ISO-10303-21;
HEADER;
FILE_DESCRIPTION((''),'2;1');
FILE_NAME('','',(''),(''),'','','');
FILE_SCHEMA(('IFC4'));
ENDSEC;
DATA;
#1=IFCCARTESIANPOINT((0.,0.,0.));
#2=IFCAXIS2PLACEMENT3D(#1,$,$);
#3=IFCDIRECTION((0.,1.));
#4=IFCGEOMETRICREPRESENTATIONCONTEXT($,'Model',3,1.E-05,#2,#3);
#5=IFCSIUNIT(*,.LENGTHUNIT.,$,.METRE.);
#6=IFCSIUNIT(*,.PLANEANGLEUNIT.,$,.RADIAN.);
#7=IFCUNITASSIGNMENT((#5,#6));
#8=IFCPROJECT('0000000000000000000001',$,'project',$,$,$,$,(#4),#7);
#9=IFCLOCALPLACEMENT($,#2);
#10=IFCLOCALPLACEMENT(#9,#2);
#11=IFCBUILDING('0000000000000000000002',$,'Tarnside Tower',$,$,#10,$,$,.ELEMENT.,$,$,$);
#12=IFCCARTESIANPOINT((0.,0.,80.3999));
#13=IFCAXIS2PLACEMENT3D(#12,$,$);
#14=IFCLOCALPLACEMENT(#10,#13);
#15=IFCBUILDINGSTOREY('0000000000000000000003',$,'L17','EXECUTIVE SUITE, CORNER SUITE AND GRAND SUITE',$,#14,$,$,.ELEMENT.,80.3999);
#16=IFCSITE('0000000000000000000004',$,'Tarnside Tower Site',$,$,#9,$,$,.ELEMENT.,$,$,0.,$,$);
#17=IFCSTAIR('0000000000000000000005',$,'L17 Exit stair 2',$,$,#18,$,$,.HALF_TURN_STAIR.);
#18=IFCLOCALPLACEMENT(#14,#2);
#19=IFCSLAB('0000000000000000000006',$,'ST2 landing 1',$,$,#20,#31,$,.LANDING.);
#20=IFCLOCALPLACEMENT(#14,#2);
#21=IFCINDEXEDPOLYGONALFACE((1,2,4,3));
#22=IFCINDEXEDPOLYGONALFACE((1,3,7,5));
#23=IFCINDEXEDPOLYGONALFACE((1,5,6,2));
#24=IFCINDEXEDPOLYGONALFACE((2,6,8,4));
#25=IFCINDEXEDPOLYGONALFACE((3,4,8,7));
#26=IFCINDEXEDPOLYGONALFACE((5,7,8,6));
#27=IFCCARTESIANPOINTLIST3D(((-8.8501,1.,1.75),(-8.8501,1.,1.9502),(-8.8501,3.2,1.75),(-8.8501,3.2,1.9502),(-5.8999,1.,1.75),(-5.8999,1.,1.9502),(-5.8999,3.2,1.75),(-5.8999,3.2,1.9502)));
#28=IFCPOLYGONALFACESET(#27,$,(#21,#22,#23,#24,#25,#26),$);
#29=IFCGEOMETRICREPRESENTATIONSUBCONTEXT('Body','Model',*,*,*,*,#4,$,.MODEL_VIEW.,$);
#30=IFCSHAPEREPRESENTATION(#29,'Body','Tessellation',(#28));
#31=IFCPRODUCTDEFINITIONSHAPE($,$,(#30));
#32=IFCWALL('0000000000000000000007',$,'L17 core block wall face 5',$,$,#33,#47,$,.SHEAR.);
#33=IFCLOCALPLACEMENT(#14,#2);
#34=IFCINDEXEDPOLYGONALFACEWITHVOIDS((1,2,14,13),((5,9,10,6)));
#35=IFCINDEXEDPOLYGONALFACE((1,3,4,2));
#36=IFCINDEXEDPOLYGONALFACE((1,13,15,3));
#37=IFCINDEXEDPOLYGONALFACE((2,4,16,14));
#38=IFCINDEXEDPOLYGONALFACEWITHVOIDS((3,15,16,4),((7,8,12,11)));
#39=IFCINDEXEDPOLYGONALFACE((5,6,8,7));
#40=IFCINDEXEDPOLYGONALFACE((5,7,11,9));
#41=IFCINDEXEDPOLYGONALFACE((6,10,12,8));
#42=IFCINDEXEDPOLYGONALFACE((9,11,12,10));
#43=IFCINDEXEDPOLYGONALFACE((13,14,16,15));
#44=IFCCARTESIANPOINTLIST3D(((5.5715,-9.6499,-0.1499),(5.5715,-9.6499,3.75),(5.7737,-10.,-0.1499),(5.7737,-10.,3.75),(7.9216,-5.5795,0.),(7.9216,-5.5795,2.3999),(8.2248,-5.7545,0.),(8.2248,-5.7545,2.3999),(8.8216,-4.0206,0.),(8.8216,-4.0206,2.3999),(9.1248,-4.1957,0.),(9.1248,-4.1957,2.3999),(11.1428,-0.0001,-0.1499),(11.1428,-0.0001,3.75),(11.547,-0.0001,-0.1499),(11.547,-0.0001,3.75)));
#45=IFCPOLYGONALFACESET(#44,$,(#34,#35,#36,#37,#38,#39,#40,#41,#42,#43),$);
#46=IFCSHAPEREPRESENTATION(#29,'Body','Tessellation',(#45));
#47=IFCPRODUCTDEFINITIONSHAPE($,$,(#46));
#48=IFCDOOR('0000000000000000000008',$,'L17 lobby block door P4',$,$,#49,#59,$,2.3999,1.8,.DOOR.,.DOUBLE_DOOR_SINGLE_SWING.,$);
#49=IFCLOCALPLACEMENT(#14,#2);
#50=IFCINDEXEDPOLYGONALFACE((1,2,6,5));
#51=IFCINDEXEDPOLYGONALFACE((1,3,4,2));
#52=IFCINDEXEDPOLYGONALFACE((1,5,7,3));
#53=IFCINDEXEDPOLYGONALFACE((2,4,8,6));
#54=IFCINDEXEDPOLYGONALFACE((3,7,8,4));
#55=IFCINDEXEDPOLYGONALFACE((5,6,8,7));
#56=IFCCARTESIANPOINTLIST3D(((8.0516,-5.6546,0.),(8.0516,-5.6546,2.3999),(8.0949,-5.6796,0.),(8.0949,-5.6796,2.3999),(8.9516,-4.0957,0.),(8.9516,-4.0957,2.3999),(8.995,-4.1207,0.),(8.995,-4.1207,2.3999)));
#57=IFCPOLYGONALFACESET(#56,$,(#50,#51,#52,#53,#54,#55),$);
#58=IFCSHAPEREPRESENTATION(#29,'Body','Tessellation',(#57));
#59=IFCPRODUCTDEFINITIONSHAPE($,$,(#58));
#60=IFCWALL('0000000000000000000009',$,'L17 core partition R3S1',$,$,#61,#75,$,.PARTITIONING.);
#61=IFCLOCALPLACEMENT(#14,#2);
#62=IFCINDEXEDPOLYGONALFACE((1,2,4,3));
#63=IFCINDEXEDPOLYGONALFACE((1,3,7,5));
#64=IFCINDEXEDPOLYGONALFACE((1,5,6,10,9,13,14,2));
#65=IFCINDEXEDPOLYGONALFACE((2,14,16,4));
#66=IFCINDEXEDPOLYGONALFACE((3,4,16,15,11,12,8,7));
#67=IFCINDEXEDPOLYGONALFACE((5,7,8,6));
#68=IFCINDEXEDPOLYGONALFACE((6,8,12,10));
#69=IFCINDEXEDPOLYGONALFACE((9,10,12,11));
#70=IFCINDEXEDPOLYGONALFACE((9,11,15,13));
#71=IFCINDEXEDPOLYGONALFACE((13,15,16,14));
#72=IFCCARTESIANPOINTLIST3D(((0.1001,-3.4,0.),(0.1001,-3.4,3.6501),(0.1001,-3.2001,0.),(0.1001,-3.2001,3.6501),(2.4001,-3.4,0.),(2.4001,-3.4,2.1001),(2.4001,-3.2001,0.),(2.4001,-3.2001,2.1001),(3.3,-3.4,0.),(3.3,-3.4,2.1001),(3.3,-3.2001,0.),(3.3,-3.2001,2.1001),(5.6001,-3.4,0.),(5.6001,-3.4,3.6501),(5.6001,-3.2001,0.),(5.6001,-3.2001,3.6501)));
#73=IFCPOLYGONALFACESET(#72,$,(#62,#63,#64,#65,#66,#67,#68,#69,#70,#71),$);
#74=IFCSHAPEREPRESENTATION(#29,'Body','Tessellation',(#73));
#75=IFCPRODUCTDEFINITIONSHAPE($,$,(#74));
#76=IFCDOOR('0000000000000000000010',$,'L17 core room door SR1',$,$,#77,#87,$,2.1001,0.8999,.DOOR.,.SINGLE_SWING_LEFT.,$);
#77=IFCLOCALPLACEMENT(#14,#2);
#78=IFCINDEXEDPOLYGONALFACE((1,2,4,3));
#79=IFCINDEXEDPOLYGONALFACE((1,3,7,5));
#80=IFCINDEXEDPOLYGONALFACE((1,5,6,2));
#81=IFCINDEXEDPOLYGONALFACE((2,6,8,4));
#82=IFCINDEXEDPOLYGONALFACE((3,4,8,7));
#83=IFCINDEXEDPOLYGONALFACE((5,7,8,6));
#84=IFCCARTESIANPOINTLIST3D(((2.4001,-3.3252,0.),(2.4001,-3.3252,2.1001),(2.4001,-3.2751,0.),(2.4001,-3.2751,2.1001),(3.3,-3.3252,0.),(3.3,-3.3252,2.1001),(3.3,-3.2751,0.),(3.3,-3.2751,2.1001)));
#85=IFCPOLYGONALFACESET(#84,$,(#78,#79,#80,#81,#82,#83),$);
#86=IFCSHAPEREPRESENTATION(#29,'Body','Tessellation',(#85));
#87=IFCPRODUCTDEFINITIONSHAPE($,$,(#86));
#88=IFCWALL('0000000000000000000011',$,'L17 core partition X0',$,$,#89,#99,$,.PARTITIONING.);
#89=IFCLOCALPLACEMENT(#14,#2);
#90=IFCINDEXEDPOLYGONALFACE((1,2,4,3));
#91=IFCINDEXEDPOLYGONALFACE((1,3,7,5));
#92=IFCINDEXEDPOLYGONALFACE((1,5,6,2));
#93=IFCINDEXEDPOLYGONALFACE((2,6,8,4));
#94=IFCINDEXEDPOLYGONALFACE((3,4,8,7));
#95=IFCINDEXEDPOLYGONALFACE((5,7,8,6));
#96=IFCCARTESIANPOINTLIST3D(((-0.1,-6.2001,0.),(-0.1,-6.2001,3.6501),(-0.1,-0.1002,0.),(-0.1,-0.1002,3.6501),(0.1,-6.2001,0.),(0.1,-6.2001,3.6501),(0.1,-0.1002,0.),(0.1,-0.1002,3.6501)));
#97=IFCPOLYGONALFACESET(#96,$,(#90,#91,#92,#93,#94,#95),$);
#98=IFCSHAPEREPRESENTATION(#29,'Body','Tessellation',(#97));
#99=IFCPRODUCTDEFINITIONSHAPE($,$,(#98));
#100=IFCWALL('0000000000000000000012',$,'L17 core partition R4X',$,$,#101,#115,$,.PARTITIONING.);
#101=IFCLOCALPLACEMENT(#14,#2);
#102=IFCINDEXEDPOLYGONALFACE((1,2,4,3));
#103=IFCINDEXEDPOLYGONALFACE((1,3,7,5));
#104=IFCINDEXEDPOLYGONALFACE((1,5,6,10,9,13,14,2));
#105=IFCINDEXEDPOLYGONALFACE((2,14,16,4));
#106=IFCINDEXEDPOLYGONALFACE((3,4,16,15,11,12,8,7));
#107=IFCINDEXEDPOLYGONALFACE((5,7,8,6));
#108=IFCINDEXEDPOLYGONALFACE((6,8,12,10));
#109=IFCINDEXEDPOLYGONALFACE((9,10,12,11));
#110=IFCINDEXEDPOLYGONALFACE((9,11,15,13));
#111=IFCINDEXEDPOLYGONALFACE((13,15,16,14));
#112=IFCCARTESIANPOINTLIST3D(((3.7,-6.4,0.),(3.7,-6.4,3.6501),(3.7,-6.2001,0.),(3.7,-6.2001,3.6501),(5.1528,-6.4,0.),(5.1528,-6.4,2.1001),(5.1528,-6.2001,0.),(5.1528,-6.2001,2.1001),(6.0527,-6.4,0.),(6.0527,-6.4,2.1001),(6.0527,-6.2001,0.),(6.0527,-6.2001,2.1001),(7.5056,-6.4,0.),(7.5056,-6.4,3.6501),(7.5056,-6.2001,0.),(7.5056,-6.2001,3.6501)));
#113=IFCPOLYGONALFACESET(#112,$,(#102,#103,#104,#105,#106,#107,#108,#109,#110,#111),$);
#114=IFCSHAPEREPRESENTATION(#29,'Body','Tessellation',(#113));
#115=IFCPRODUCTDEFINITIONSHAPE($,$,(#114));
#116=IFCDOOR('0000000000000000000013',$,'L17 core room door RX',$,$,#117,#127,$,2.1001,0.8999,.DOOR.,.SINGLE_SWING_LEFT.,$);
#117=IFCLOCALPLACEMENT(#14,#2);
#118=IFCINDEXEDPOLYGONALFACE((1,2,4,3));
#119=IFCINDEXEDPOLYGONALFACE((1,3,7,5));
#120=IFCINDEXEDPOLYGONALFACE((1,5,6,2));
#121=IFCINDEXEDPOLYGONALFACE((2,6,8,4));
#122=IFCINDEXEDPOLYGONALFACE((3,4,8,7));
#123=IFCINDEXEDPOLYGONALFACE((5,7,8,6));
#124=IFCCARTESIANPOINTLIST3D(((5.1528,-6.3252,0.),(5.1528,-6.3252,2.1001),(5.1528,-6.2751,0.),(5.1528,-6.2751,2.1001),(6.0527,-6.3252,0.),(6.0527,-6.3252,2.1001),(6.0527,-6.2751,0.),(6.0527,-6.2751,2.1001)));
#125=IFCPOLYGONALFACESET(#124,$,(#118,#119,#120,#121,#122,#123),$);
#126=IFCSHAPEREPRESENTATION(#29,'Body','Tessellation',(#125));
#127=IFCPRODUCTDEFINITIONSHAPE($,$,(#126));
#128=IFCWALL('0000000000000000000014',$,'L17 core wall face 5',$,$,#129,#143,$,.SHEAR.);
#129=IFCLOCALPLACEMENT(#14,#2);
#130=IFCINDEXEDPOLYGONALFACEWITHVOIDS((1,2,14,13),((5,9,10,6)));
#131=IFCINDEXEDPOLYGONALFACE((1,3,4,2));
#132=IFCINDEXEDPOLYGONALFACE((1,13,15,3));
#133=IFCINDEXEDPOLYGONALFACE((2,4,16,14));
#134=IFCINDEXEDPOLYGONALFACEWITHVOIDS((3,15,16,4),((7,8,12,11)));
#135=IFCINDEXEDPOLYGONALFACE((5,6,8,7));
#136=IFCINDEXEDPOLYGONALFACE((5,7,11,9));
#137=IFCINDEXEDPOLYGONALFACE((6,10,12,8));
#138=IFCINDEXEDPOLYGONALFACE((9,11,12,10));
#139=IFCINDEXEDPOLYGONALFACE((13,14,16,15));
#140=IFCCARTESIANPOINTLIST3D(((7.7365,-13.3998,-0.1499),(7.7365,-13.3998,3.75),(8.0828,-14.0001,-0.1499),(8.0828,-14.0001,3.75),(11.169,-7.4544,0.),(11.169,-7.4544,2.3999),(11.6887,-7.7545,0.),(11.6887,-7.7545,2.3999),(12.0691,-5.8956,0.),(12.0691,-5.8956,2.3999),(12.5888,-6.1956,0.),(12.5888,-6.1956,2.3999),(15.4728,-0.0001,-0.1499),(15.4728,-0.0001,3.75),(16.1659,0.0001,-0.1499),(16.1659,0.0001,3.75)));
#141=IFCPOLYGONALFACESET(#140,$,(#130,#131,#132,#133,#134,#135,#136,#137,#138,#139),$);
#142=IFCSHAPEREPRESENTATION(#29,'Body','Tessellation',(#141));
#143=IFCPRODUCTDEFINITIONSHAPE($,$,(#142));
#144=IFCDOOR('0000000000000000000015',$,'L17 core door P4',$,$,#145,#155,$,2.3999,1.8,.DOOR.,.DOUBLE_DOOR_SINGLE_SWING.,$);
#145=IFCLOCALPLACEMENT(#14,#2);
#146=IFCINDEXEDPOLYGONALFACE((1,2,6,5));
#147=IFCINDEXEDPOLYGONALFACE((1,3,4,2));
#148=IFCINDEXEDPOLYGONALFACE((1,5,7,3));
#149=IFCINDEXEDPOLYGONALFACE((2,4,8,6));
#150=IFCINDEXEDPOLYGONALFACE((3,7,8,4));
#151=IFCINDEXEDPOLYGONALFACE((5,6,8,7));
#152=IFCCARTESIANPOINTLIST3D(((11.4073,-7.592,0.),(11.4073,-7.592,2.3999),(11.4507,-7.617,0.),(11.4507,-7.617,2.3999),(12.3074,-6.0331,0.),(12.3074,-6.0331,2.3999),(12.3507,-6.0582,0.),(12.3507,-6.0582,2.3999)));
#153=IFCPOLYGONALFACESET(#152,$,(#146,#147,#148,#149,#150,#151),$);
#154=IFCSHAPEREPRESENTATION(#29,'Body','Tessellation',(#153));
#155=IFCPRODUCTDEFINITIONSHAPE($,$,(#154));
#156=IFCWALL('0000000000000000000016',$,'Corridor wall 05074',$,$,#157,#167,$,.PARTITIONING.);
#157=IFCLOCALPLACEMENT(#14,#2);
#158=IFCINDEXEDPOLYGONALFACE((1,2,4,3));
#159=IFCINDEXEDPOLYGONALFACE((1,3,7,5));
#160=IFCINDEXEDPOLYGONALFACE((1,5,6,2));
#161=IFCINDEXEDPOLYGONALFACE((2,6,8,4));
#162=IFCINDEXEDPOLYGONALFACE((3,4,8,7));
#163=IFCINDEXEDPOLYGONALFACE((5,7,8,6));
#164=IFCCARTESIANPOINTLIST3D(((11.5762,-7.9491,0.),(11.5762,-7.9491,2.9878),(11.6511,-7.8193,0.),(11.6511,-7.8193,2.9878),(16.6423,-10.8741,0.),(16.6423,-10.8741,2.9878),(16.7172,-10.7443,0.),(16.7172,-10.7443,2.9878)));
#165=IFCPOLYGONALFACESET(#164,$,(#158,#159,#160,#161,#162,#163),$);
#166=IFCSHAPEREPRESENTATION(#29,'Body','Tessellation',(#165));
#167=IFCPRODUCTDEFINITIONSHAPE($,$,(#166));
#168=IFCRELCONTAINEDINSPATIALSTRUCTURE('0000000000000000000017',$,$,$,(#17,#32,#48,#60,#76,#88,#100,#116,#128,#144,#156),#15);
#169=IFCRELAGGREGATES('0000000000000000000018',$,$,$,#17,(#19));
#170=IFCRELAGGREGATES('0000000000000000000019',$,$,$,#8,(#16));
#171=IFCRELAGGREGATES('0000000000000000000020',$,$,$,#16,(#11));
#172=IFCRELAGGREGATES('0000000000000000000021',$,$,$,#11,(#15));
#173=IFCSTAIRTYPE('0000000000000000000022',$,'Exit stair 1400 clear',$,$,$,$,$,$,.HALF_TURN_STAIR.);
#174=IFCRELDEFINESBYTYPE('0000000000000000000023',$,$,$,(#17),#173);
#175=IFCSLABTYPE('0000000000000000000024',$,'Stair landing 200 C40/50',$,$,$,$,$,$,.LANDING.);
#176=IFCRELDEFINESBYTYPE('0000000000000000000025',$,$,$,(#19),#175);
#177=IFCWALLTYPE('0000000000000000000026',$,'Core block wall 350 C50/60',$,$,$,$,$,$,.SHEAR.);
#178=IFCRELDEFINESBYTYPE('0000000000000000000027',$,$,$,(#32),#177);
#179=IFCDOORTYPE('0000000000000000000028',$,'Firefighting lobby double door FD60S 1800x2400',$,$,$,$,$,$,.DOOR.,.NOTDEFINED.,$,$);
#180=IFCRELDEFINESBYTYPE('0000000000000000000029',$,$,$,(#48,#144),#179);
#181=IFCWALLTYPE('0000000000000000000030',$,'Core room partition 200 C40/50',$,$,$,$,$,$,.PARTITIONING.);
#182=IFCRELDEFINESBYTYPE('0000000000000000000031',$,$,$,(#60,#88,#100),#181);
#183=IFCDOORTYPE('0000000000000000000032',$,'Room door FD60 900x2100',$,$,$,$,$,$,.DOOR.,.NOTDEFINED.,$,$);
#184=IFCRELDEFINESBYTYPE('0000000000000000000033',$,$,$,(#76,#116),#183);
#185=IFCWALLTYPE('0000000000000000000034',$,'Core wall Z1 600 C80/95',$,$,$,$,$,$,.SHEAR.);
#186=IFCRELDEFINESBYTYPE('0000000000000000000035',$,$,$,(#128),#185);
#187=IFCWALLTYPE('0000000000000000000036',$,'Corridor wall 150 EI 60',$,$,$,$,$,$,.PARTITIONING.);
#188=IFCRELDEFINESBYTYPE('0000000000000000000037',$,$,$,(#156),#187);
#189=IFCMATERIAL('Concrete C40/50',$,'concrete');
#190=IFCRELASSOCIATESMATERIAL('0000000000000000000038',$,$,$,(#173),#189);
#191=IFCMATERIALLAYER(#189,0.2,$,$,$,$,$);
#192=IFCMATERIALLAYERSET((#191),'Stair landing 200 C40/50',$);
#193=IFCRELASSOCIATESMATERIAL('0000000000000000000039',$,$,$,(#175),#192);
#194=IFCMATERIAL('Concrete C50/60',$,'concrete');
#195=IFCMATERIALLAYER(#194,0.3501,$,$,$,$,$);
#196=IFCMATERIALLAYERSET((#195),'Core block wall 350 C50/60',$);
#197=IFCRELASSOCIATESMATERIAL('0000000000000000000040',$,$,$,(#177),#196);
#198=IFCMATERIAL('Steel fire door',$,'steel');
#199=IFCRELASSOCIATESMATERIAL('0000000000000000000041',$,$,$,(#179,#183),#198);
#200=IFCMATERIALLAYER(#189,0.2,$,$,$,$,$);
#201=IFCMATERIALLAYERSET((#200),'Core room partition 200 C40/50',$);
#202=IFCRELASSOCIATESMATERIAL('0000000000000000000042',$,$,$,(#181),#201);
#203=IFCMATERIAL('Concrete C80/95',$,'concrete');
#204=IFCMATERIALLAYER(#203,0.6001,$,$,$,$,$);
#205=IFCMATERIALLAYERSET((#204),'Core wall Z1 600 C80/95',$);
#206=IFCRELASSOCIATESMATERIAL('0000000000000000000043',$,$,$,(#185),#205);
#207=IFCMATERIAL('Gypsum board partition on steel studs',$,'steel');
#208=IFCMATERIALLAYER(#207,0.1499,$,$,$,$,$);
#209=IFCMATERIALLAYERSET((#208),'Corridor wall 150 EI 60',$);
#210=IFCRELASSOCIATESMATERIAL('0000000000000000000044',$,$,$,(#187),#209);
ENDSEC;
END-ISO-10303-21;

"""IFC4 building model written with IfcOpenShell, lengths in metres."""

from ifc_helpers import new_model, si_unit, direction, frame, frame_2d, origin, place, context, subcontext, project, spatial, polyline, rectangle, outline, extrude, material, layer, layer_set, type_object, element, fill, aggregate, save


model = new_model("IFC4")

# Units and contexts
model_context = context("Model", 3, precision=1e-05, world=origin(), true_north=direction((0.0, 1.0)))
body_context = subcontext(model_context, "Body", "Model", "MODEL_VIEW")
ifc_project = project(units=[si_unit("LENGTHUNIT", "METRE"), si_unit("PLANEANGLEUNIT", "RADIAN")], contexts=[model_context])

# Site, building, storey
site_placement = place(None, origin())
site = spatial("IfcSite", under=ifc_project, at=site_placement, Name="Tarnside Tower Site", CompositionType="ELEMENT", RefElevation=0.0)
building_placement = place(site_placement, origin())
building = spatial("IfcBuilding", under=site, at=building_placement, Name="Tarnside Tower", CompositionType="ELEMENT")
storey_placement = place(building_placement, frame((0.0, 0.0, 80.3999)))
storey = spatial("IfcBuildingStorey", under=building, at=storey_placement, Name="L17", Description="EXECUTIVE SUITE, CORNER SUITE AND GRAND SUITE", CompositionType="ELEMENT", Elevation=80.3999)

# Shared definitions
ifc_material_1 = material(Name="Concrete C40/50", Category="concrete")

# Stair, slab
stair_type = type_object("IfcStairType", Name="Exit stair 1400 clear", PredefinedType="HALF_TURN_STAIR", material=ifc_material_1)
ifc_layer_1 = layer(ifc_material_1, 0.2)
ifc_layer_set_1 = layer_set([ifc_layer_1], Name="Stair landing 200 C40/50")
slab_type_1 = type_object("IfcSlabType", Name="Stair landing 200 C40/50", PredefinedType="LANDING", material=ifc_layer_set_1)
stair_1_placement = place(storey_placement, origin())
stair_1 = element("IfcStair", 1, at=stair_1_placement, inside=storey, type_object=stair_type, Name="L17 Exit stair 2", PredefinedType="HALF_TURN_STAIR")
slab_1_placement = place(storey_placement, frame((0.0, 0.0, 1.75)))
slab_1 = element("IfcSlab", 2, at=slab_1_placement, type_object=slab_type_1, Name="ST2 landing 1", PredefinedType="LANDING", context=body_context, shape_type="SweptSolid", body=[
    extrude(outline(polyline([(-5.8999, 1.0), (-5.8999, 3.2), (-8.8501, 3.2), (-8.8501, 1.0), (-5.8999, 1.0)])), origin(), (0.0, 0.0, 1.0), 0.2002),
])
aggregate(stair_1, [slab_1])

# Walls, openings, doors
ifc_material_2 = material(Name="Concrete C50/60", Category="concrete")
ifc_layer_2 = layer(ifc_material_2, 0.3501)
ifc_layer_set_2 = layer_set([ifc_layer_2], Name="Core block wall 350 C50/60")
wall_type_1 = type_object("IfcWallType", Name="Core block wall 350 C50/60", PredefinedType="SHEAR", material=ifc_layer_set_2)
wall_1_placement = place(storey_placement, frame((5.6726, -9.825, -0.1499), z_axis=(0.0, 0.0, 1.0), x_axis=(0.499995, 0.866028, 0.0)))
wall_1 = element("IfcWall", 3, at=wall_1_placement, inside=storey, type_object=wall_type_1, Name="L17 core block wall face 5", PredefinedType="SHEAR", context=body_context, shape_type="SweptSolid", body=[
    extrude(outline(polyline([(-0.1011, -0.175), (11.4458, -0.175), (11.2437, 0.175), (0.1011, 0.175), (-0.1011, -0.175)])), origin(), (0.0, 0.0, 1.0), 3.8999),
])
opening_1_placement = place(wall_1_placement, frame((4.8013, 0.0, 0.1499)))
opening_1 = element("IfcOpeningElement", 4, at=opening_1_placement, cuts=wall_1, PredefinedType="OPENING", context=body_context, shape_type="SweptSolid", body=[
    extrude(rectangle(XDim=1.8, YDim=2.3999, at=frame_2d((0.8999, 1.2))), frame((0.0, 0.1851, 0.0), z_axis=(0.0, -1.0, 0.0), x_axis=(1.0, 0.0, 0.0)), (0.0, 0.0, 1.0), 0.3701),
])
ifc_material_3 = material(Name="Steel fire door", Category="steel")
door_type_1 = type_object("IfcDoorType", Name="Firefighting lobby double door FD60S 1800x2400", OperationType="NOTDEFINED", PredefinedType="DOOR", material=ifc_material_3)
door_1_placement = place(opening_1_placement, origin())
door_1 = element("IfcDoor", 5, at=door_1_placement, inside=storey, type_object=door_type_1, Name="L17 lobby block door P4", OperationType="DOUBLE_DOOR_SINGLE_SWING", OverallHeight=2.3999, OverallWidth=1.8, PredefinedType="DOOR", context=body_context, shape_type="SweptSolid", body=[
    extrude(rectangle(XDim=1.8, YDim=2.3999, at=frame_2d((0.8999, 1.2))), frame((0.0, 0.0249, 0.0), z_axis=(0.0, -1.0, 0.0), x_axis=(1.0, 0.0, 0.0)), (0.0, 0.0, 1.0), 0.05),
])
fill(opening_1, door_1)
ifc_layer_3 = layer(ifc_material_1, 0.2)
ifc_layer_set_3 = layer_set([ifc_layer_3], Name="Core room partition 200 C40/50")
wall_type_2 = type_object("IfcWallType", Name="Core room partition 200 C40/50", PredefinedType="PARTITIONING", material=ifc_layer_set_3)
wall_2_placement = place(storey_placement, frame((0.1001, -3.3, 0.0), z_axis=(0.0, 0.0, 1.0), x_axis=(1.0, 0.0, 0.0)))
wall_2 = element("IfcWall", 6, at=wall_2_placement, inside=storey, type_object=wall_type_2, Name="L17 core partition R3S1", PredefinedType="PARTITIONING", context=body_context, shape_type="SweptSolid", body=[
    extrude(rectangle(XDim=5.5, YDim=0.2, at=frame_2d((2.75, 0.0))), origin(), (0.0, 0.0, 1.0), 3.6501),
])
opening_2_placement = place(wall_2_placement, frame((2.3, 0.0, 0.0)))
opening_2 = element("IfcOpeningElement", 7, at=opening_2_placement, cuts=wall_2, PredefinedType="OPENING", context=body_context, shape_type="SweptSolid", body=[
    extrude(rectangle(XDim=0.8999, YDim=2.1001, at=frame_2d((0.45, 1.05))), frame((0.0, 0.1099, 0.0), z_axis=(0.0, -1.0, 0.0), x_axis=(1.0, 0.0, 0.0)), (0.0, 0.0, 1.0), 0.22),
])
door_type_2 = type_object("IfcDoorType", Name="Room door FD60 900x2100", OperationType="NOTDEFINED", PredefinedType="DOOR", material=ifc_material_3)
door_2_placement = place(opening_2_placement, origin())
door_2 = element("IfcDoor", 8, at=door_2_placement, inside=storey, type_object=door_type_2, Name="L17 core room door SR1", OperationType="SINGLE_SWING_LEFT", OverallHeight=2.1001, OverallWidth=0.8999, PredefinedType="DOOR", context=body_context, shape_type="SweptSolid", body=[
    extrude(rectangle(XDim=0.8999, YDim=2.1001, at=frame_2d((0.45, 1.05))), frame((0.0, 0.0249, 0.0), z_axis=(0.0, -1.0, 0.0), x_axis=(1.0, 0.0, 0.0)), (0.0, 0.0, 1.0), 0.05),
])
fill(opening_2, door_2)

# Wall
wall_3_placement = place(storey_placement, frame((0.0, -6.2, 0.0), z_axis=(0.0, 0.0, 1.0), x_axis=(0.0, 1.0, 0.0)))
element("IfcWall", 9, at=wall_3_placement, inside=storey, type_object=wall_type_2, Name="L17 core partition X0", PredefinedType="PARTITIONING", context=body_context, shape_type="SweptSolid", body=[
    extrude(rectangle(XDim=6.0999, YDim=0.2, at=frame_2d((3.0498, 0.0))), origin(), (0.0, 0.0, 1.0), 3.6501),
])

# Walls, openings, doors
wall_4_placement = place(storey_placement, frame((3.7, -6.3, 0.0), z_axis=(0.0, 0.0, 1.0), x_axis=(1.0, 0.0, 0.0)))
wall_4 = element("IfcWall", 10, at=wall_4_placement, inside=storey, type_object=wall_type_2, Name="L17 core partition R4X", PredefinedType="PARTITIONING", context=body_context, shape_type="SweptSolid", body=[
    extrude(rectangle(XDim=3.8057, YDim=0.2, at=frame_2d((1.9028, 0.0))), origin(), (0.0, 0.0, 1.0), 3.6501),
])
opening_3_placement = place(wall_4_placement, frame((1.4529, 0.0, 0.0)))
opening_3 = element("IfcOpeningElement", 11, at=opening_3_placement, cuts=wall_4, PredefinedType="OPENING", context=body_context, shape_type="SweptSolid", body=[
    extrude(rectangle(XDim=0.8999, YDim=2.1001, at=frame_2d((0.45, 1.05))), frame((0.0, 0.1099, 0.0), z_axis=(0.0, -1.0, 0.0), x_axis=(1.0, 0.0, 0.0)), (0.0, 0.0, 1.0), 0.22),
])
door_3_placement = place(opening_3_placement, origin())
door_3 = element("IfcDoor", 12, at=door_3_placement, inside=storey, type_object=door_type_2, Name="L17 core room door RX", OperationType="SINGLE_SWING_LEFT", OverallHeight=2.1001, OverallWidth=0.8999, PredefinedType="DOOR", context=body_context, shape_type="SweptSolid", body=[
    extrude(rectangle(XDim=0.8999, YDim=2.1001, at=frame_2d((0.45, 1.05))), frame((0.0, 0.0249, 0.0), z_axis=(0.0, -1.0, 0.0), x_axis=(1.0, 0.0, 0.0)), (0.0, 0.0, 1.0), 0.05),
])
fill(opening_3, door_3)
ifc_material_4 = material(Name="Concrete C80/95", Category="concrete")
ifc_layer_4 = layer(ifc_material_4, 0.6001)
ifc_layer_set_4 = layer_set([ifc_layer_4], Name="Core wall Z1 600 C80/95")
wall_type_3 = type_object("IfcWallType", Name="Core wall Z1 600 C80/95", PredefinedType="SHEAR", material=ifc_layer_set_4)
wall_5_placement = place(storey_placement, frame((7.9097, -13.7, -0.1499), z_axis=(0.0, 0.0, 1.0), x_axis=(0.5, 0.866025, 0.0)))
wall_5 = element("IfcWall", 13, at=wall_5_placement, inside=storey, type_object=wall_type_3, Name="L17 core wall face 5", PredefinedType="SHEAR", context=body_context, shape_type="SweptSolid", body=[
    extrude(outline(polyline([(-0.1733, -0.3), (15.9927, -0.3), (15.646, 0.3), (0.1733, 0.3), (-0.1733, -0.3)])), origin(), (0.0, 0.0, 1.0), 3.8999),
])
opening_4_placement = place(wall_5_placement, frame((7.0386, 0.0, 0.1499)))
opening_4 = element("IfcOpeningElement", 14, at=opening_4_placement, cuts=wall_5, PredefinedType="OPENING", context=body_context, shape_type="SweptSolid", body=[
    extrude(rectangle(XDim=1.8, YDim=2.3999, at=frame_2d((0.8999, 1.2))), frame((0.0, 0.3101, 0.0), z_axis=(0.0, -1.0, 0.0), x_axis=(1.0, 0.0, 0.0)), (0.0, 0.0, 1.0), 0.6201),
])
door_4_placement = place(opening_4_placement, origin())
door_4 = element("IfcDoor", 15, at=door_4_placement, inside=storey, type_object=door_type_1, Name="L17 core door P4", OperationType="DOUBLE_DOOR_SINGLE_SWING", OverallHeight=2.3999, OverallWidth=1.8, PredefinedType="DOOR", context=body_context, shape_type="SweptSolid", body=[
    extrude(rectangle(XDim=1.8, YDim=2.3999, at=frame_2d((0.8999, 1.2))), frame((0.0, 0.0249, 0.0), z_axis=(0.0, -1.0, 0.0), x_axis=(1.0, 0.0, 0.0)), (0.0, 0.0, 1.0), 0.05),
])
fill(opening_4, door_4)

# Wall
ifc_material_5 = material(Name="Gypsum board partition on steel studs", Category="steel")
ifc_layer_5 = layer(ifc_material_5, 0.1499)
ifc_layer_set_5 = layer_set([ifc_layer_5], Name="Corridor wall 150 EI 60")
wall_type_4 = type_object("IfcWallType", Name="Corridor wall 150 EI 60", PredefinedType="PARTITIONING", material=ifc_layer_set_5)
wall_6_placement = place(storey_placement, frame((11.6138, -7.8843, 0.0), z_axis=(0.0, 0.0, 1.0), x_axis=(0.866018, -0.500013, 0.0)))
element("IfcWall", 16, at=wall_6_placement, inside=storey, type_object=wall_type_4, Name="Corridor wall 05074", PredefinedType="PARTITIONING", context=body_context, shape_type="SweptSolid", body=[
    extrude(rectangle(XDim=5.8499, YDim=0.1499, at=frame_2d((2.9248, 0.0))), origin(), (0.0, 0.0, 1.0), 2.9878),
])

save(model, "model.ifc")
